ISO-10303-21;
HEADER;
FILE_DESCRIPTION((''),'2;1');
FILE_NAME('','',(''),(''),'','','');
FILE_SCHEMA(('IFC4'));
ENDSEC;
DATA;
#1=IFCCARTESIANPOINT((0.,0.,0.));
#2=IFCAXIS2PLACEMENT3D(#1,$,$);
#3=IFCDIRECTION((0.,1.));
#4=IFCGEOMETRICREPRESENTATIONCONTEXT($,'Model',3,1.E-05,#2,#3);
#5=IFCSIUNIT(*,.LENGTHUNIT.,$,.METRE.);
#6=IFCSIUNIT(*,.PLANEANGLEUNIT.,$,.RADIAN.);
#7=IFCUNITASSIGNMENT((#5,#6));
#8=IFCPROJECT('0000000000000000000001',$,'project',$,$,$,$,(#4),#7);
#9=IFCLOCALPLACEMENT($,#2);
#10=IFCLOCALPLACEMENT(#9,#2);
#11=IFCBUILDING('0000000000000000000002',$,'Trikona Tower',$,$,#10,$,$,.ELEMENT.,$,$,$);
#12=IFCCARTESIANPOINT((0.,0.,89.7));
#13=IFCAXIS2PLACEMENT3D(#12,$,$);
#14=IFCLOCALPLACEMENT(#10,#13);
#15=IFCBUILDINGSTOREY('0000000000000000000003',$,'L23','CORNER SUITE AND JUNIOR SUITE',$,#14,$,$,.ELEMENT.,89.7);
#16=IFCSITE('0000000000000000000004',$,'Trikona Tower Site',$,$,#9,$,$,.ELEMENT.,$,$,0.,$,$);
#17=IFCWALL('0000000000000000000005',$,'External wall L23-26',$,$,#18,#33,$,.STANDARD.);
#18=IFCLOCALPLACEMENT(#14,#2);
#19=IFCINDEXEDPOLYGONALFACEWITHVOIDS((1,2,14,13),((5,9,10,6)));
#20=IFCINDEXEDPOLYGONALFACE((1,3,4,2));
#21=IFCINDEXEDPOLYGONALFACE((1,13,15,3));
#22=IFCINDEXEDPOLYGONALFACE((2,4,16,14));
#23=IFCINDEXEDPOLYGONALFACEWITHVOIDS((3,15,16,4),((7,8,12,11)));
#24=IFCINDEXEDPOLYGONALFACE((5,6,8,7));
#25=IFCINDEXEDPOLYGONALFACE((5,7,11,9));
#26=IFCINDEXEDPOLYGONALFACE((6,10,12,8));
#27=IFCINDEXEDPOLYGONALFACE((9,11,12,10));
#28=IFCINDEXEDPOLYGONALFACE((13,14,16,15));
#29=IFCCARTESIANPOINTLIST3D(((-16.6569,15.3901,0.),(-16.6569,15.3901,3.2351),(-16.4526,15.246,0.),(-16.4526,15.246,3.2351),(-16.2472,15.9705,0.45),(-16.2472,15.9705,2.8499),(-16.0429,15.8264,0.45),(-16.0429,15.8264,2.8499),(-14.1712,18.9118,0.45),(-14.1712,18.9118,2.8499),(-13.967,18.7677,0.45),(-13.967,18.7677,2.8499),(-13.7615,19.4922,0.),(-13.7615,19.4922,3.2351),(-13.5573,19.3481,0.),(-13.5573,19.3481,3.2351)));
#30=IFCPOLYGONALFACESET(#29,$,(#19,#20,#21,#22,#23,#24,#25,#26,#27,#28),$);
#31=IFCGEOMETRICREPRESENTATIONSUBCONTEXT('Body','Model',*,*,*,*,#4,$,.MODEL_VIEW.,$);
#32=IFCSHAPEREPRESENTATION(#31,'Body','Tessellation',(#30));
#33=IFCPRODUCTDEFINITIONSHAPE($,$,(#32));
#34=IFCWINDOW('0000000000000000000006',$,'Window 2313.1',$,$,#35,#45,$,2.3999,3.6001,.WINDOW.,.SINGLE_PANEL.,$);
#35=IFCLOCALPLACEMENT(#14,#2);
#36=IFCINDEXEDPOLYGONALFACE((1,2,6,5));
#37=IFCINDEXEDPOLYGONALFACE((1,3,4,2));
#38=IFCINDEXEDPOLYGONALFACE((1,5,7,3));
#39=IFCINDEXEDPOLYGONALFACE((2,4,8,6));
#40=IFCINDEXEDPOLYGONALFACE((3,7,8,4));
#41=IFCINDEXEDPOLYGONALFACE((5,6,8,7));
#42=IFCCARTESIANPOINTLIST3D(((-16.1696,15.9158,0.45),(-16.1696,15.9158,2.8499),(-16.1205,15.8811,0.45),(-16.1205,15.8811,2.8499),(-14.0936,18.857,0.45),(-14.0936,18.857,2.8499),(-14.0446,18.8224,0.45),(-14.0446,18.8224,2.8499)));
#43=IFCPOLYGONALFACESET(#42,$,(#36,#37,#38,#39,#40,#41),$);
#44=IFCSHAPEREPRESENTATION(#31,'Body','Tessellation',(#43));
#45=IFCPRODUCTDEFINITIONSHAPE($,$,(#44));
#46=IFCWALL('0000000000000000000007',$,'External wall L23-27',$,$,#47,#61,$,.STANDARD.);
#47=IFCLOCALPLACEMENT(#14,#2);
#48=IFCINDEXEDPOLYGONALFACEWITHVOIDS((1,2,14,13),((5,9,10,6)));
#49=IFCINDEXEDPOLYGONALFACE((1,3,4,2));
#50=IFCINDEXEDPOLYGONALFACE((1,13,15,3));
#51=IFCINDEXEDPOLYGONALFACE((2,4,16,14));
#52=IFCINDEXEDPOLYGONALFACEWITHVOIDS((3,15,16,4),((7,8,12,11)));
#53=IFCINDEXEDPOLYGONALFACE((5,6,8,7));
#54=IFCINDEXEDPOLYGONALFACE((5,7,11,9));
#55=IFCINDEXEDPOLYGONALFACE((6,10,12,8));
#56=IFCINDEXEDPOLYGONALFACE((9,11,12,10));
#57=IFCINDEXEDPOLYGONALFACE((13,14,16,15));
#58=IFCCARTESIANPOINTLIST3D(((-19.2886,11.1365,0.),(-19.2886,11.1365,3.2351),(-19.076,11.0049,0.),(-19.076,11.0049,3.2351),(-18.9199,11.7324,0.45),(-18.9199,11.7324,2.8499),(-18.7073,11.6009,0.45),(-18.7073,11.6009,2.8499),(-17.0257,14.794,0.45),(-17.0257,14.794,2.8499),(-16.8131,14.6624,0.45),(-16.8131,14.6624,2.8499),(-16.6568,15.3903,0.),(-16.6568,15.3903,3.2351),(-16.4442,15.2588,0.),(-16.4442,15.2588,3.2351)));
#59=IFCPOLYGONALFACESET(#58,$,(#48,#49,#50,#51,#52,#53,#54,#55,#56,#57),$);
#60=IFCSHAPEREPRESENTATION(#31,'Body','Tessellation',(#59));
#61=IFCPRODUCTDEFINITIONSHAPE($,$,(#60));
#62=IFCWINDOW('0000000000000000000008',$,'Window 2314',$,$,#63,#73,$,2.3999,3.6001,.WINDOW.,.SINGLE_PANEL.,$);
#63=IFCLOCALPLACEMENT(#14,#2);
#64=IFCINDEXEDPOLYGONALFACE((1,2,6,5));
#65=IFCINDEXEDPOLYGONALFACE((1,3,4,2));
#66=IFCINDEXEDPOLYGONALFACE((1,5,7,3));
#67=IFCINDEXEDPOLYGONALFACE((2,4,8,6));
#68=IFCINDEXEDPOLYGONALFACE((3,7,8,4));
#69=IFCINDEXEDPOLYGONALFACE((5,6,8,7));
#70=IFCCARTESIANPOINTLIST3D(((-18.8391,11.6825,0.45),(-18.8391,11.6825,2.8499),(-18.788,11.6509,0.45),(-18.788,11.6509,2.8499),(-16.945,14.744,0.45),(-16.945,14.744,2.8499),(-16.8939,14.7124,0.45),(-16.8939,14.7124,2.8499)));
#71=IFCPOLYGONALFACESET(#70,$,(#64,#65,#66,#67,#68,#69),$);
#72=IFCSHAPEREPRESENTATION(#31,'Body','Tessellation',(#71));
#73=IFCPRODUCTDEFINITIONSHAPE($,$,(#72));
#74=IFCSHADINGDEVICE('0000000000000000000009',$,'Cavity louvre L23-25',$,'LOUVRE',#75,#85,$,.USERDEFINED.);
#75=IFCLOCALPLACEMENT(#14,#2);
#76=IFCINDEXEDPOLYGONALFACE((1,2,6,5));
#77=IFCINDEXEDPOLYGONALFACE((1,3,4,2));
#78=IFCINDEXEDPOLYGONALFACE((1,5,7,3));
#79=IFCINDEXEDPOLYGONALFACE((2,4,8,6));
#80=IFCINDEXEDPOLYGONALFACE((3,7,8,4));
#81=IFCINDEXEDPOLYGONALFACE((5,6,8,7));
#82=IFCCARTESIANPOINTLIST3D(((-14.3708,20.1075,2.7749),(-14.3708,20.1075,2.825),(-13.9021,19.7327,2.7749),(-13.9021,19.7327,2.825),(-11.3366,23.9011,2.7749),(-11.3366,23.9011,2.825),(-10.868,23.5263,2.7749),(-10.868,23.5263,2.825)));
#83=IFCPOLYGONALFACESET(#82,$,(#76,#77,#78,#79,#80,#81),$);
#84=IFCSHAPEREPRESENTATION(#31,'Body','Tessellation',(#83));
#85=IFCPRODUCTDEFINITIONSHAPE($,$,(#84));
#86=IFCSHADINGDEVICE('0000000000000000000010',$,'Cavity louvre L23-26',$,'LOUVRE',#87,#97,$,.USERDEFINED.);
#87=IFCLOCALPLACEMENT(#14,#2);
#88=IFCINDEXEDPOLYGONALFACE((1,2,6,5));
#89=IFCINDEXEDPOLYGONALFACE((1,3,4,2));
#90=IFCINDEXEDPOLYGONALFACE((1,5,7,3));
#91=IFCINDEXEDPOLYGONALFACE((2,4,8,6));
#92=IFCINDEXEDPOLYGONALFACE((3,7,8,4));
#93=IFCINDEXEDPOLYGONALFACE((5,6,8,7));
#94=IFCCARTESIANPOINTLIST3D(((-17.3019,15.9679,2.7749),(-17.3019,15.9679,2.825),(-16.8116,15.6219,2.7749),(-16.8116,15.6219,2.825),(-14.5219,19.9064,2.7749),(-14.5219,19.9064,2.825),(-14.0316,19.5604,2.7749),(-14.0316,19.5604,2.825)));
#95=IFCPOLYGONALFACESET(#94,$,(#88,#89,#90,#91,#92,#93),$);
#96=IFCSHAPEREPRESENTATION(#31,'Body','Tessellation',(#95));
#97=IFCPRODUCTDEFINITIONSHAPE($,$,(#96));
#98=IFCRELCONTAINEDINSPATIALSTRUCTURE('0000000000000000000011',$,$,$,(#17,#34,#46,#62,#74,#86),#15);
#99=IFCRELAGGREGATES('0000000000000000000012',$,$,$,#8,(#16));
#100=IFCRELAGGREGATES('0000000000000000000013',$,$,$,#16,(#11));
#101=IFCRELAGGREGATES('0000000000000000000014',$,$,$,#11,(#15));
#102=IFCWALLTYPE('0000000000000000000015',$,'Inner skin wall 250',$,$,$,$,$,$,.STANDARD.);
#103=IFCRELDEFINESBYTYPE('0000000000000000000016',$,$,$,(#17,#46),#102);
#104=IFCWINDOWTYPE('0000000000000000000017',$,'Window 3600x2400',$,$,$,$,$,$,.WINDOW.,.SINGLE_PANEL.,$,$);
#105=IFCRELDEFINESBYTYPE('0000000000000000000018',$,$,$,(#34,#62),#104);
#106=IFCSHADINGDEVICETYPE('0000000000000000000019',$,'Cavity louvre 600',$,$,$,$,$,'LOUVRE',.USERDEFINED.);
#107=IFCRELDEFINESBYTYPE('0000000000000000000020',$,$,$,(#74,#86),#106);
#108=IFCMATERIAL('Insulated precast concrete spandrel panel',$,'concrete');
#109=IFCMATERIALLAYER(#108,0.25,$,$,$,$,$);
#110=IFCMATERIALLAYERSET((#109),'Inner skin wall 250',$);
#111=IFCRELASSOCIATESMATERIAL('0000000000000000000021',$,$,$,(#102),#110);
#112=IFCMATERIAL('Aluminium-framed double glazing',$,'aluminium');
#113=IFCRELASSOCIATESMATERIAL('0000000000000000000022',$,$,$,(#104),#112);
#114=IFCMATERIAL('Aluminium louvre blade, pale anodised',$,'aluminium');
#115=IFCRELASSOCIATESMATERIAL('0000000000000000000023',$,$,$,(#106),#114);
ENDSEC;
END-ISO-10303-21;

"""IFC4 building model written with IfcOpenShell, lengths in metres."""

from ifc_helpers import new_model, si_unit, direction, frame, frame_2d, origin, origin_2d, place, context, subcontext, project, spatial, rectangle, extrude, material, layer, layer_set, type_object, element, fill, save


model = new_model("IFC4")

# Units and contexts
model_context = context("Model", 3, precision=1e-05, world=origin(), true_north=direction((0.0, 1.0)))
body_context = subcontext(model_context, "Body", "Model", "MODEL_VIEW")
ifc_project = project(units=[si_unit("LENGTHUNIT", "METRE"), si_unit("PLANEANGLEUNIT", "RADIAN")], contexts=[model_context])

# Site, building, storey
site_placement = place(None, origin())
site = spatial("IfcSite", under=ifc_project, at=site_placement, Name="Trikona Tower Site", CompositionType="ELEMENT", RefElevation=0.0)
building_placement = place(site_placement, origin())
building = spatial("IfcBuilding", under=site, at=building_placement, Name="Trikona Tower", CompositionType="ELEMENT")
storey_placement = place(building_placement, frame((0.0, 0.0, 89.7)))
storey = spatial("IfcBuildingStorey", under=building, at=storey_placement, Name="L23", Description="CORNER SUITE AND JUNIOR SUITE", CompositionType="ELEMENT", Elevation=89.7)

# Walls, openings, windows
ifc_material_1 = material(Name="Insulated precast concrete spandrel panel", Category="concrete")
ifc_layer_1 = layer(ifc_material_1, 0.25)
ifc_layer_set_1 = layer_set([ifc_layer_1], Name="Inner skin wall 250")
wall_type = type_object("IfcWallType", Name="Inner skin wall 250", PredefinedType="STANDARD", material=ifc_layer_set_1)
ifc_material_2 = material(Name="Aluminium-framed double glazing", Category="aluminium")
window_type = type_object("IfcWindowType", Name="Window 3600x2400", PartitioningType="SINGLE_PANEL", PredefinedType="WINDOW", material=ifc_material_2)
wall_1_placement = place(storey_placement, frame((-13.6594, 19.4202, 0.0), z_axis=(0.0, 0.0, 1.0), x_axis=(-0.576643, -0.816996, 0.0)))
wall_1 = element("IfcWall", 1, at=wall_1_placement, inside=storey, type_object=wall_type, Name="External wall L23-26", PredefinedType="STANDARD", context=body_context, shape_type="SweptSolid", body=[
    extrude(rectangle(XDim=5.021, YDim=0.25, at=frame_2d((2.5105, 0.0))), origin(), (0.0, 0.0, 1.0), 3.2351),
])
opening_1_placement = place(wall_1_placement, frame((0.7104, 0.0, 0.45)))
opening_1 = element("IfcOpeningElement", 2, at=opening_1_placement, cuts=wall_1, PredefinedType="OPENING", context=body_context, shape_type="SweptSolid", body=[
    extrude(rectangle(XDim=3.6001, YDim=2.3999, at=frame_2d((1.8, 1.2))), frame((0.0, 0.135, 0.0), z_axis=(0.0, -1.0, 0.0), x_axis=(1.0, 0.0, 0.0)), (0.0, 0.0, 1.0), 0.27),
])
window_1_placement = place(opening_1_placement, origin())
window_1 = element("IfcWindow", 3, at=window_1_placement, inside=storey, type_object=window_type, Name="Window 2313.1", OverallHeight=2.3999, OverallWidth=3.6001, PartitioningType="SINGLE_PANEL", PredefinedType="WINDOW", context=body_context, shape_type="SweptSolid", body=[
    extrude(rectangle(XDim=3.6001, YDim=2.3999, at=frame_2d((1.8, 1.2))), frame((0.0, 0.03, 0.0), z_axis=(0.0, -1.0, 0.0), x_axis=(1.0, 0.0, 0.0)), (0.0, 0.0, 1.0), 0.0601),
])
fill(opening_1, window_1)
wall_2_placement = place(storey_placement, frame((-16.5505, 15.3245, 0.0), z_axis=(0.0, 0.0, 1.0), x_axis=(-0.526133, -0.850402, 0.0)))
wall_2 = element("IfcWall", 4, at=wall_2_placement, inside=storey, type_object=wall_type, Name="External wall L23-27", PredefinedType="STANDARD", context=body_context, shape_type="SweptSolid", body=[
    extrude(rectangle(XDim=5.0022, YDim=0.25, at=frame_2d((2.501, 0.0))), origin(), (0.0, 0.0, 1.0), 3.2351),
])
opening_2_placement = place(wall_2_placement, frame((0.7012, 0.0, 0.45)))
opening_2 = element("IfcOpeningElement", 5, at=opening_2_placement, cuts=wall_2, PredefinedType="OPENING", context=body_context, shape_type="SweptSolid", body=[
    extrude(rectangle(XDim=3.6001, YDim=2.3999, at=frame_2d((1.8, 1.2))), frame((0.0, 0.135, 0.0), z_axis=(0.0, -1.0, 0.0), x_axis=(1.0, 0.0, 0.0)), (0.0, 0.0, 1.0), 0.27),
])
window_2_placement = place(opening_2_placement, origin())
window_2 = element("IfcWindow", 6, at=window_2_placement, inside=storey, type_object=window_type, Name="Window 2314", OverallHeight=2.3999, OverallWidth=3.6001, PartitioningType="SINGLE_PANEL", PredefinedType="WINDOW", context=body_context, shape_type="SweptSolid", body=[
    extrude(rectangle(XDim=3.6001, YDim=2.3999, at=frame_2d((1.8, 1.2))), frame((0.0, 0.03, 0.0), z_axis=(0.0, -1.0, 0.0), x_axis=(1.0, 0.0, 0.0)), (0.0, 0.0, 1.0), 0.0601),
])
fill(opening_2, window_2)

# Shading devices
ifc_material_3 = material(Name="Aluminium louvre blade, pale anodised", Category="aluminium")
shading_device_type = type_object("IfcShadingDeviceType", Name="Cavity louvre 600", ElementType="LOUVRE", PredefinedType="USERDEFINED", material=ifc_material_3)
shading_device_1_placement = place(storey_placement, frame((-12.6194, 21.8169, 2.7749), z_axis=(0.0, 0.0, 1.0), x_axis=(-0.624604, -0.780942, 0.0)))
element("IfcShadingDevice", 7, at=shading_device_1_placement, inside=storey, type_object=shading_device_type, Name="Cavity louvre L23-25", ObjectType="LOUVRE", PredefinedType="USERDEFINED", context=body_context, shape_type="SweptSolid", body=[
    extrude(rectangle(XDim=4.8577, YDim=0.6001, at=origin_2d()), origin(), (0.0, 0.0, 1.0), 0.05),
])
shading_device_2_placement = place(storey_placement, frame((-15.6667, 17.7642, 2.7749), z_axis=(0.0, 0.0, 1.0), x_axis=(-0.576662, -0.816983, 0.0)))
element("IfcShadingDevice", 8, at=shading_device_2_placement, inside=storey, type_object=shading_device_type, Name="Cavity louvre L23-26", ObjectType="LOUVRE", PredefinedType="USERDEFINED", context=body_context, shape_type="SweptSolid", body=[
    extrude(rectangle(XDim=4.8208, YDim=0.6001, at=origin_2d()), origin(), (0.0, 0.0, 1.0), 0.05),
])

save(model, "model.ifc")
